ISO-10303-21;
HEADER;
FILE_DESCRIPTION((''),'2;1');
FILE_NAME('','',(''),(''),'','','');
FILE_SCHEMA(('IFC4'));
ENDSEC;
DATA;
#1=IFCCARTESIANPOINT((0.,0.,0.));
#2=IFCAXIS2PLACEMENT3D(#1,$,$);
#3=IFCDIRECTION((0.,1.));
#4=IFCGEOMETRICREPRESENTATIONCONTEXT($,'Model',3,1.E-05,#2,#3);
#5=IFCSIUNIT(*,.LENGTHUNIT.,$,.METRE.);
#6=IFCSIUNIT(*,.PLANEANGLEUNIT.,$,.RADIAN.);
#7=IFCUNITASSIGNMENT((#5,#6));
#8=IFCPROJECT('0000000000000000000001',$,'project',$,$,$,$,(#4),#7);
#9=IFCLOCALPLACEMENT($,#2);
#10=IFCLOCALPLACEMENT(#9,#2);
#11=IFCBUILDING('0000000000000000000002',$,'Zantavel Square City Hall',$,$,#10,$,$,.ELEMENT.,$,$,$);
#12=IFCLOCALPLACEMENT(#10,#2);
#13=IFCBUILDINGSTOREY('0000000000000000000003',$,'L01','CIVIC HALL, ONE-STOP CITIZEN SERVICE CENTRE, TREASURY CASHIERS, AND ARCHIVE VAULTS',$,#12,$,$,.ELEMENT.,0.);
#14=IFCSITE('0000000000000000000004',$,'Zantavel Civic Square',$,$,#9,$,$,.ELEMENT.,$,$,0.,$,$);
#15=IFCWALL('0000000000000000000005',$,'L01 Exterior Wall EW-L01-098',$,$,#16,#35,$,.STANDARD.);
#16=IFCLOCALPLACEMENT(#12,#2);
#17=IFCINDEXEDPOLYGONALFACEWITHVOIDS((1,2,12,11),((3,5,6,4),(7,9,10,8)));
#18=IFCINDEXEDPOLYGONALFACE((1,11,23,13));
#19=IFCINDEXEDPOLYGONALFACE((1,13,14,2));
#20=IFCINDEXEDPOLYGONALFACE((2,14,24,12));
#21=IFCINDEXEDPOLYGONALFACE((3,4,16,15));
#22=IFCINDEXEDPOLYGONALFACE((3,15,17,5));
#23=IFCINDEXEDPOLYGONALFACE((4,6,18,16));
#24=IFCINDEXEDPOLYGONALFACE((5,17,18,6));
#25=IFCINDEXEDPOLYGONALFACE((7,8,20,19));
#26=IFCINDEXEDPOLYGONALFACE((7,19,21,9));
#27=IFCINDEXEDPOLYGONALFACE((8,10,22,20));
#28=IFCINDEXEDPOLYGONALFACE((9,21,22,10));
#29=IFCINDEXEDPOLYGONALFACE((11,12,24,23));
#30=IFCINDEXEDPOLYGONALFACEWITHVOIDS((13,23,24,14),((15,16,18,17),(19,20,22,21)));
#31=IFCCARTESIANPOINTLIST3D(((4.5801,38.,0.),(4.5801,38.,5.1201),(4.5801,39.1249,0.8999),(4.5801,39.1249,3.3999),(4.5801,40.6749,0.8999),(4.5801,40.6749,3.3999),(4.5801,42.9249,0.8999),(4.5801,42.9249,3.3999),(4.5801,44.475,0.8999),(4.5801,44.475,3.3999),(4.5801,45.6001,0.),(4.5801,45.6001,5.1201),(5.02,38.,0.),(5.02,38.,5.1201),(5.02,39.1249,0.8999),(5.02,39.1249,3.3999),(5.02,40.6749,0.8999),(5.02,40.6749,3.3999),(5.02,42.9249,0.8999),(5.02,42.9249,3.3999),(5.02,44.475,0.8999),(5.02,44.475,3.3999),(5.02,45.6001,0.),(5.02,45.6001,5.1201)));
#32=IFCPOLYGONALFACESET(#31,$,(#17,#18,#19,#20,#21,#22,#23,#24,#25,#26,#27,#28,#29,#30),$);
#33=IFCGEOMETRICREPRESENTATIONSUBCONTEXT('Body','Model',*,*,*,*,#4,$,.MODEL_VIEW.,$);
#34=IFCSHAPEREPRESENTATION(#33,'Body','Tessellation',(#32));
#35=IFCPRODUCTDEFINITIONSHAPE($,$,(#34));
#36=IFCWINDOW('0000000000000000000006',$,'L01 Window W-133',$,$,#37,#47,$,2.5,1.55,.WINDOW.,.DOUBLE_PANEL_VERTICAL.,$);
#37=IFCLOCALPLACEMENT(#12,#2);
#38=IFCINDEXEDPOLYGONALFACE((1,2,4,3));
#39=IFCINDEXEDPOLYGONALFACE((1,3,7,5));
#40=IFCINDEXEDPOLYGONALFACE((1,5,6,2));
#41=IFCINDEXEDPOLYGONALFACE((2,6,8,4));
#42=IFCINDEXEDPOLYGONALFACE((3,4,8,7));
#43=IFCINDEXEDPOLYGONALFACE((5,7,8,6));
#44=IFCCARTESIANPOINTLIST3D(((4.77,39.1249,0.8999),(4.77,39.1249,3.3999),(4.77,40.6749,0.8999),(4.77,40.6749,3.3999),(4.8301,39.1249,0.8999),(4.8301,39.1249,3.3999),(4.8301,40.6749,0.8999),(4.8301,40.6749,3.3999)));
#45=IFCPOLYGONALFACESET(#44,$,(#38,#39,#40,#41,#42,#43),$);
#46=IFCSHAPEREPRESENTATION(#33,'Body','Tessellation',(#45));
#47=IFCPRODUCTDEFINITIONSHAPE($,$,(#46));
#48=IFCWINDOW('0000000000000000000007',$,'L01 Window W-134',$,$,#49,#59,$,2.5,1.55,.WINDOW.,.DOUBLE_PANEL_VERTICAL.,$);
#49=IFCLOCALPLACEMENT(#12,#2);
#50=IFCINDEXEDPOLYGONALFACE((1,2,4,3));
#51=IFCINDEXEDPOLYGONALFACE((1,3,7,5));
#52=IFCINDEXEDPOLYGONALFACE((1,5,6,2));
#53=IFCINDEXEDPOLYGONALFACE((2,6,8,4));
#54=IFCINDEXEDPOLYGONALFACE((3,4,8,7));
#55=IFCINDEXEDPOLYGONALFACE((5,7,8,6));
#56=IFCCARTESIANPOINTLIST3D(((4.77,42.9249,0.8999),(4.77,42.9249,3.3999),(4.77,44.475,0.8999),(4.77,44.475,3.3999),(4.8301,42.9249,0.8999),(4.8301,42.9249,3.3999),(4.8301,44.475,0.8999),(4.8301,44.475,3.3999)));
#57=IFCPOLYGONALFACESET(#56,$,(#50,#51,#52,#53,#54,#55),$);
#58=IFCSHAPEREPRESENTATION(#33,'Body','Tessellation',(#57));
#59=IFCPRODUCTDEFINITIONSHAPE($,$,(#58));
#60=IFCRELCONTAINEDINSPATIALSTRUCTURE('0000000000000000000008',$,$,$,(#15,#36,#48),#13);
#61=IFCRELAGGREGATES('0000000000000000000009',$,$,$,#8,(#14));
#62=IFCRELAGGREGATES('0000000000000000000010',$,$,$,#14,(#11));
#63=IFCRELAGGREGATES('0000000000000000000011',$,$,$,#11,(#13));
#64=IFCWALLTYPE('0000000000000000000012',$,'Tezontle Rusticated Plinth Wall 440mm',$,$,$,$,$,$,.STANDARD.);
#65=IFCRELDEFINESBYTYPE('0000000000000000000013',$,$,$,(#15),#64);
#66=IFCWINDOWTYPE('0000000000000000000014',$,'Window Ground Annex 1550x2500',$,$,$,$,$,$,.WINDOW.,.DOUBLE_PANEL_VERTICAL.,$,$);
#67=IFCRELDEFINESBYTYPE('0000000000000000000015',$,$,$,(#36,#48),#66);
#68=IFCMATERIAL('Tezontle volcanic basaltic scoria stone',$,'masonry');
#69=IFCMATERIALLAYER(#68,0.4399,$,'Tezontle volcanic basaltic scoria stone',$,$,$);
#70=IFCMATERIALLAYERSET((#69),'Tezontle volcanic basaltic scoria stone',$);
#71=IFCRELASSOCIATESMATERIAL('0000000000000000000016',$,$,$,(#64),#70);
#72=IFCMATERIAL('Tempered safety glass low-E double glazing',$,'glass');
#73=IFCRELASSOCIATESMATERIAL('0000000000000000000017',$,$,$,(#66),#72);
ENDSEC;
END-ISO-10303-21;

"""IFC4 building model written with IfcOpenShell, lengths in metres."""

from ifc_helpers import new_model, si_unit, direction, frame, frame_2d, origin, place, context, subcontext, project, spatial, rectangle, extrude, material, layer, layer_set, type_object, element, fill, save


model = new_model("IFC4")

# Units and contexts
model_context = context("Model", 3, precision=1e-05, world=origin(), true_north=direction((0.0, 1.0)))
body_context = subcontext(model_context, "Body", "Model", "MODEL_VIEW")
ifc_project = project(units=[si_unit("LENGTHUNIT", "METRE"), si_unit("PLANEANGLEUNIT", "RADIAN")], contexts=[model_context])

# Site, building, storey
site_placement = place(None, origin())
site = spatial("IfcSite", under=ifc_project, at=site_placement, Name="Zantavel Civic Square", CompositionType="ELEMENT", RefElevation=0.0)
building_placement = place(site_placement, origin())
building = spatial("IfcBuilding", under=site, at=building_placement, Name="Zantavel Square City Hall", CompositionType="ELEMENT")
storey_placement = place(building_placement, origin())
storey = spatial("IfcBuildingStorey", under=building, at=storey_placement, Name="L01", Description="CIVIC HALL, ONE-STOP CITIZEN SERVICE CENTRE, TREASURY CASHIERS, AND ARCHIVE VAULTS", CompositionType="ELEMENT", Elevation=0.0)

# Shared definitions
ifc_material_1 = material(Name="Tempered safety glass low-E double glazing", Category="glass")

# Wall, openings, windows
ifc_material_2 = material(Name="Tezontle volcanic basaltic scoria stone", Category="masonry")
ifc_layer_1 = layer(ifc_material_2, 0.4399, Name="Tezontle volcanic basaltic scoria stone")
ifc_layer_set_1 = layer_set([ifc_layer_1], Name="Tezontle volcanic basaltic scoria stone")
wall_type_1 = type_object("IfcWallType", Name="Tezontle Rusticated Plinth Wall 440mm", PredefinedType="STANDARD", material=ifc_layer_set_1)
wall_1_placement = place(storey_placement, frame((4.8, 38.0, 0.0), z_axis=(0.0, 0.0, 1.0), x_axis=(0.0, 1.0, 0.0)))
wall_1 = element("IfcWall", 1, at=wall_1_placement, inside=storey, type_object=wall_type_1, Name="L01 Exterior Wall EW-L01-098", PredefinedType="STANDARD", context=body_context, shape_type="SweptSolid", body=[
    extrude(rectangle(XDim=7.6001, YDim=0.4399, at=frame_2d((3.8, 0.0))), origin(), (0.0, 0.0, 1.0), 5.1201),
])
opening_1_placement = place(wall_1_placement, frame((1.125, 0.0, 0.8999)))
opening_1 = element("IfcOpeningElement", 2, at=opening_1_placement, cuts=wall_1, PredefinedType="OPENING", context=body_context, shape_type="SweptSolid", body=[
    extrude(rectangle(XDim=1.55, YDim=2.5, at=frame_2d((0.7749, 1.25))), frame((0.0, 0.23, 0.0), z_axis=(0.0, -1.0, 0.0), x_axis=(1.0, 0.0, 0.0)), (0.0, 0.0, 1.0), 0.46),
])
opening_2_placement = place(wall_1_placement, frame((4.925, 0.0, 0.8999)))
opening_2 = element("IfcOpeningElement", 3, at=opening_2_placement, cuts=wall_1, PredefinedType="OPENING", context=body_context, shape_type="SweptSolid", body=[
    extrude(rectangle(XDim=1.55, YDim=2.5, at=frame_2d((0.7749, 1.25))), frame((0.0, 0.23, 0.0), z_axis=(0.0, -1.0, 0.0), x_axis=(1.0, 0.0, 0.0)), (0.0, 0.0, 1.0), 0.46),
])
window_type = type_object("IfcWindowType", Name="Window Ground Annex 1550x2500", PartitioningType="DOUBLE_PANEL_VERTICAL", PredefinedType="WINDOW", material=ifc_material_1)
window_1_placement = place(opening_1_placement, origin())
window_1 = element("IfcWindow", 4, at=window_1_placement, inside=storey, type_object=window_type, Name="L01 Window W-133", OverallHeight=2.5, OverallWidth=1.55, PartitioningType="DOUBLE_PANEL_VERTICAL", PredefinedType="WINDOW", context=body_context, shape_type="SweptSolid", body=[
    extrude(rectangle(XDim=1.55, YDim=2.5, at=frame_2d((0.7749, 1.25))), frame((0.0, 0.03, 0.0), z_axis=(0.0, -1.0, 0.0), x_axis=(1.0, 0.0, 0.0)), (0.0, 0.0, 1.0), 0.0601),
])
fill(opening_1, window_1)
window_2_placement = place(opening_2_placement, origin())
window_2 = element("IfcWindow", 5, at=window_2_placement, inside=storey, type_object=window_type, Name="L01 Window W-134", OverallHeight=2.5, OverallWidth=1.55, PartitioningType="DOUBLE_PANEL_VERTICAL", PredefinedType="WINDOW", context=body_context, shape_type="SweptSolid", body=[
    extrude(rectangle(XDim=1.55, YDim=2.5, at=frame_2d((0.7749, 1.25))), frame((0.0, 0.03, 0.0), z_axis=(0.0, -1.0, 0.0), x_axis=(1.0, 0.0, 0.0)), (0.0, 0.0, 1.0), 0.0601),
])
fill(opening_2, window_2)

save(model, "model.ifc")
